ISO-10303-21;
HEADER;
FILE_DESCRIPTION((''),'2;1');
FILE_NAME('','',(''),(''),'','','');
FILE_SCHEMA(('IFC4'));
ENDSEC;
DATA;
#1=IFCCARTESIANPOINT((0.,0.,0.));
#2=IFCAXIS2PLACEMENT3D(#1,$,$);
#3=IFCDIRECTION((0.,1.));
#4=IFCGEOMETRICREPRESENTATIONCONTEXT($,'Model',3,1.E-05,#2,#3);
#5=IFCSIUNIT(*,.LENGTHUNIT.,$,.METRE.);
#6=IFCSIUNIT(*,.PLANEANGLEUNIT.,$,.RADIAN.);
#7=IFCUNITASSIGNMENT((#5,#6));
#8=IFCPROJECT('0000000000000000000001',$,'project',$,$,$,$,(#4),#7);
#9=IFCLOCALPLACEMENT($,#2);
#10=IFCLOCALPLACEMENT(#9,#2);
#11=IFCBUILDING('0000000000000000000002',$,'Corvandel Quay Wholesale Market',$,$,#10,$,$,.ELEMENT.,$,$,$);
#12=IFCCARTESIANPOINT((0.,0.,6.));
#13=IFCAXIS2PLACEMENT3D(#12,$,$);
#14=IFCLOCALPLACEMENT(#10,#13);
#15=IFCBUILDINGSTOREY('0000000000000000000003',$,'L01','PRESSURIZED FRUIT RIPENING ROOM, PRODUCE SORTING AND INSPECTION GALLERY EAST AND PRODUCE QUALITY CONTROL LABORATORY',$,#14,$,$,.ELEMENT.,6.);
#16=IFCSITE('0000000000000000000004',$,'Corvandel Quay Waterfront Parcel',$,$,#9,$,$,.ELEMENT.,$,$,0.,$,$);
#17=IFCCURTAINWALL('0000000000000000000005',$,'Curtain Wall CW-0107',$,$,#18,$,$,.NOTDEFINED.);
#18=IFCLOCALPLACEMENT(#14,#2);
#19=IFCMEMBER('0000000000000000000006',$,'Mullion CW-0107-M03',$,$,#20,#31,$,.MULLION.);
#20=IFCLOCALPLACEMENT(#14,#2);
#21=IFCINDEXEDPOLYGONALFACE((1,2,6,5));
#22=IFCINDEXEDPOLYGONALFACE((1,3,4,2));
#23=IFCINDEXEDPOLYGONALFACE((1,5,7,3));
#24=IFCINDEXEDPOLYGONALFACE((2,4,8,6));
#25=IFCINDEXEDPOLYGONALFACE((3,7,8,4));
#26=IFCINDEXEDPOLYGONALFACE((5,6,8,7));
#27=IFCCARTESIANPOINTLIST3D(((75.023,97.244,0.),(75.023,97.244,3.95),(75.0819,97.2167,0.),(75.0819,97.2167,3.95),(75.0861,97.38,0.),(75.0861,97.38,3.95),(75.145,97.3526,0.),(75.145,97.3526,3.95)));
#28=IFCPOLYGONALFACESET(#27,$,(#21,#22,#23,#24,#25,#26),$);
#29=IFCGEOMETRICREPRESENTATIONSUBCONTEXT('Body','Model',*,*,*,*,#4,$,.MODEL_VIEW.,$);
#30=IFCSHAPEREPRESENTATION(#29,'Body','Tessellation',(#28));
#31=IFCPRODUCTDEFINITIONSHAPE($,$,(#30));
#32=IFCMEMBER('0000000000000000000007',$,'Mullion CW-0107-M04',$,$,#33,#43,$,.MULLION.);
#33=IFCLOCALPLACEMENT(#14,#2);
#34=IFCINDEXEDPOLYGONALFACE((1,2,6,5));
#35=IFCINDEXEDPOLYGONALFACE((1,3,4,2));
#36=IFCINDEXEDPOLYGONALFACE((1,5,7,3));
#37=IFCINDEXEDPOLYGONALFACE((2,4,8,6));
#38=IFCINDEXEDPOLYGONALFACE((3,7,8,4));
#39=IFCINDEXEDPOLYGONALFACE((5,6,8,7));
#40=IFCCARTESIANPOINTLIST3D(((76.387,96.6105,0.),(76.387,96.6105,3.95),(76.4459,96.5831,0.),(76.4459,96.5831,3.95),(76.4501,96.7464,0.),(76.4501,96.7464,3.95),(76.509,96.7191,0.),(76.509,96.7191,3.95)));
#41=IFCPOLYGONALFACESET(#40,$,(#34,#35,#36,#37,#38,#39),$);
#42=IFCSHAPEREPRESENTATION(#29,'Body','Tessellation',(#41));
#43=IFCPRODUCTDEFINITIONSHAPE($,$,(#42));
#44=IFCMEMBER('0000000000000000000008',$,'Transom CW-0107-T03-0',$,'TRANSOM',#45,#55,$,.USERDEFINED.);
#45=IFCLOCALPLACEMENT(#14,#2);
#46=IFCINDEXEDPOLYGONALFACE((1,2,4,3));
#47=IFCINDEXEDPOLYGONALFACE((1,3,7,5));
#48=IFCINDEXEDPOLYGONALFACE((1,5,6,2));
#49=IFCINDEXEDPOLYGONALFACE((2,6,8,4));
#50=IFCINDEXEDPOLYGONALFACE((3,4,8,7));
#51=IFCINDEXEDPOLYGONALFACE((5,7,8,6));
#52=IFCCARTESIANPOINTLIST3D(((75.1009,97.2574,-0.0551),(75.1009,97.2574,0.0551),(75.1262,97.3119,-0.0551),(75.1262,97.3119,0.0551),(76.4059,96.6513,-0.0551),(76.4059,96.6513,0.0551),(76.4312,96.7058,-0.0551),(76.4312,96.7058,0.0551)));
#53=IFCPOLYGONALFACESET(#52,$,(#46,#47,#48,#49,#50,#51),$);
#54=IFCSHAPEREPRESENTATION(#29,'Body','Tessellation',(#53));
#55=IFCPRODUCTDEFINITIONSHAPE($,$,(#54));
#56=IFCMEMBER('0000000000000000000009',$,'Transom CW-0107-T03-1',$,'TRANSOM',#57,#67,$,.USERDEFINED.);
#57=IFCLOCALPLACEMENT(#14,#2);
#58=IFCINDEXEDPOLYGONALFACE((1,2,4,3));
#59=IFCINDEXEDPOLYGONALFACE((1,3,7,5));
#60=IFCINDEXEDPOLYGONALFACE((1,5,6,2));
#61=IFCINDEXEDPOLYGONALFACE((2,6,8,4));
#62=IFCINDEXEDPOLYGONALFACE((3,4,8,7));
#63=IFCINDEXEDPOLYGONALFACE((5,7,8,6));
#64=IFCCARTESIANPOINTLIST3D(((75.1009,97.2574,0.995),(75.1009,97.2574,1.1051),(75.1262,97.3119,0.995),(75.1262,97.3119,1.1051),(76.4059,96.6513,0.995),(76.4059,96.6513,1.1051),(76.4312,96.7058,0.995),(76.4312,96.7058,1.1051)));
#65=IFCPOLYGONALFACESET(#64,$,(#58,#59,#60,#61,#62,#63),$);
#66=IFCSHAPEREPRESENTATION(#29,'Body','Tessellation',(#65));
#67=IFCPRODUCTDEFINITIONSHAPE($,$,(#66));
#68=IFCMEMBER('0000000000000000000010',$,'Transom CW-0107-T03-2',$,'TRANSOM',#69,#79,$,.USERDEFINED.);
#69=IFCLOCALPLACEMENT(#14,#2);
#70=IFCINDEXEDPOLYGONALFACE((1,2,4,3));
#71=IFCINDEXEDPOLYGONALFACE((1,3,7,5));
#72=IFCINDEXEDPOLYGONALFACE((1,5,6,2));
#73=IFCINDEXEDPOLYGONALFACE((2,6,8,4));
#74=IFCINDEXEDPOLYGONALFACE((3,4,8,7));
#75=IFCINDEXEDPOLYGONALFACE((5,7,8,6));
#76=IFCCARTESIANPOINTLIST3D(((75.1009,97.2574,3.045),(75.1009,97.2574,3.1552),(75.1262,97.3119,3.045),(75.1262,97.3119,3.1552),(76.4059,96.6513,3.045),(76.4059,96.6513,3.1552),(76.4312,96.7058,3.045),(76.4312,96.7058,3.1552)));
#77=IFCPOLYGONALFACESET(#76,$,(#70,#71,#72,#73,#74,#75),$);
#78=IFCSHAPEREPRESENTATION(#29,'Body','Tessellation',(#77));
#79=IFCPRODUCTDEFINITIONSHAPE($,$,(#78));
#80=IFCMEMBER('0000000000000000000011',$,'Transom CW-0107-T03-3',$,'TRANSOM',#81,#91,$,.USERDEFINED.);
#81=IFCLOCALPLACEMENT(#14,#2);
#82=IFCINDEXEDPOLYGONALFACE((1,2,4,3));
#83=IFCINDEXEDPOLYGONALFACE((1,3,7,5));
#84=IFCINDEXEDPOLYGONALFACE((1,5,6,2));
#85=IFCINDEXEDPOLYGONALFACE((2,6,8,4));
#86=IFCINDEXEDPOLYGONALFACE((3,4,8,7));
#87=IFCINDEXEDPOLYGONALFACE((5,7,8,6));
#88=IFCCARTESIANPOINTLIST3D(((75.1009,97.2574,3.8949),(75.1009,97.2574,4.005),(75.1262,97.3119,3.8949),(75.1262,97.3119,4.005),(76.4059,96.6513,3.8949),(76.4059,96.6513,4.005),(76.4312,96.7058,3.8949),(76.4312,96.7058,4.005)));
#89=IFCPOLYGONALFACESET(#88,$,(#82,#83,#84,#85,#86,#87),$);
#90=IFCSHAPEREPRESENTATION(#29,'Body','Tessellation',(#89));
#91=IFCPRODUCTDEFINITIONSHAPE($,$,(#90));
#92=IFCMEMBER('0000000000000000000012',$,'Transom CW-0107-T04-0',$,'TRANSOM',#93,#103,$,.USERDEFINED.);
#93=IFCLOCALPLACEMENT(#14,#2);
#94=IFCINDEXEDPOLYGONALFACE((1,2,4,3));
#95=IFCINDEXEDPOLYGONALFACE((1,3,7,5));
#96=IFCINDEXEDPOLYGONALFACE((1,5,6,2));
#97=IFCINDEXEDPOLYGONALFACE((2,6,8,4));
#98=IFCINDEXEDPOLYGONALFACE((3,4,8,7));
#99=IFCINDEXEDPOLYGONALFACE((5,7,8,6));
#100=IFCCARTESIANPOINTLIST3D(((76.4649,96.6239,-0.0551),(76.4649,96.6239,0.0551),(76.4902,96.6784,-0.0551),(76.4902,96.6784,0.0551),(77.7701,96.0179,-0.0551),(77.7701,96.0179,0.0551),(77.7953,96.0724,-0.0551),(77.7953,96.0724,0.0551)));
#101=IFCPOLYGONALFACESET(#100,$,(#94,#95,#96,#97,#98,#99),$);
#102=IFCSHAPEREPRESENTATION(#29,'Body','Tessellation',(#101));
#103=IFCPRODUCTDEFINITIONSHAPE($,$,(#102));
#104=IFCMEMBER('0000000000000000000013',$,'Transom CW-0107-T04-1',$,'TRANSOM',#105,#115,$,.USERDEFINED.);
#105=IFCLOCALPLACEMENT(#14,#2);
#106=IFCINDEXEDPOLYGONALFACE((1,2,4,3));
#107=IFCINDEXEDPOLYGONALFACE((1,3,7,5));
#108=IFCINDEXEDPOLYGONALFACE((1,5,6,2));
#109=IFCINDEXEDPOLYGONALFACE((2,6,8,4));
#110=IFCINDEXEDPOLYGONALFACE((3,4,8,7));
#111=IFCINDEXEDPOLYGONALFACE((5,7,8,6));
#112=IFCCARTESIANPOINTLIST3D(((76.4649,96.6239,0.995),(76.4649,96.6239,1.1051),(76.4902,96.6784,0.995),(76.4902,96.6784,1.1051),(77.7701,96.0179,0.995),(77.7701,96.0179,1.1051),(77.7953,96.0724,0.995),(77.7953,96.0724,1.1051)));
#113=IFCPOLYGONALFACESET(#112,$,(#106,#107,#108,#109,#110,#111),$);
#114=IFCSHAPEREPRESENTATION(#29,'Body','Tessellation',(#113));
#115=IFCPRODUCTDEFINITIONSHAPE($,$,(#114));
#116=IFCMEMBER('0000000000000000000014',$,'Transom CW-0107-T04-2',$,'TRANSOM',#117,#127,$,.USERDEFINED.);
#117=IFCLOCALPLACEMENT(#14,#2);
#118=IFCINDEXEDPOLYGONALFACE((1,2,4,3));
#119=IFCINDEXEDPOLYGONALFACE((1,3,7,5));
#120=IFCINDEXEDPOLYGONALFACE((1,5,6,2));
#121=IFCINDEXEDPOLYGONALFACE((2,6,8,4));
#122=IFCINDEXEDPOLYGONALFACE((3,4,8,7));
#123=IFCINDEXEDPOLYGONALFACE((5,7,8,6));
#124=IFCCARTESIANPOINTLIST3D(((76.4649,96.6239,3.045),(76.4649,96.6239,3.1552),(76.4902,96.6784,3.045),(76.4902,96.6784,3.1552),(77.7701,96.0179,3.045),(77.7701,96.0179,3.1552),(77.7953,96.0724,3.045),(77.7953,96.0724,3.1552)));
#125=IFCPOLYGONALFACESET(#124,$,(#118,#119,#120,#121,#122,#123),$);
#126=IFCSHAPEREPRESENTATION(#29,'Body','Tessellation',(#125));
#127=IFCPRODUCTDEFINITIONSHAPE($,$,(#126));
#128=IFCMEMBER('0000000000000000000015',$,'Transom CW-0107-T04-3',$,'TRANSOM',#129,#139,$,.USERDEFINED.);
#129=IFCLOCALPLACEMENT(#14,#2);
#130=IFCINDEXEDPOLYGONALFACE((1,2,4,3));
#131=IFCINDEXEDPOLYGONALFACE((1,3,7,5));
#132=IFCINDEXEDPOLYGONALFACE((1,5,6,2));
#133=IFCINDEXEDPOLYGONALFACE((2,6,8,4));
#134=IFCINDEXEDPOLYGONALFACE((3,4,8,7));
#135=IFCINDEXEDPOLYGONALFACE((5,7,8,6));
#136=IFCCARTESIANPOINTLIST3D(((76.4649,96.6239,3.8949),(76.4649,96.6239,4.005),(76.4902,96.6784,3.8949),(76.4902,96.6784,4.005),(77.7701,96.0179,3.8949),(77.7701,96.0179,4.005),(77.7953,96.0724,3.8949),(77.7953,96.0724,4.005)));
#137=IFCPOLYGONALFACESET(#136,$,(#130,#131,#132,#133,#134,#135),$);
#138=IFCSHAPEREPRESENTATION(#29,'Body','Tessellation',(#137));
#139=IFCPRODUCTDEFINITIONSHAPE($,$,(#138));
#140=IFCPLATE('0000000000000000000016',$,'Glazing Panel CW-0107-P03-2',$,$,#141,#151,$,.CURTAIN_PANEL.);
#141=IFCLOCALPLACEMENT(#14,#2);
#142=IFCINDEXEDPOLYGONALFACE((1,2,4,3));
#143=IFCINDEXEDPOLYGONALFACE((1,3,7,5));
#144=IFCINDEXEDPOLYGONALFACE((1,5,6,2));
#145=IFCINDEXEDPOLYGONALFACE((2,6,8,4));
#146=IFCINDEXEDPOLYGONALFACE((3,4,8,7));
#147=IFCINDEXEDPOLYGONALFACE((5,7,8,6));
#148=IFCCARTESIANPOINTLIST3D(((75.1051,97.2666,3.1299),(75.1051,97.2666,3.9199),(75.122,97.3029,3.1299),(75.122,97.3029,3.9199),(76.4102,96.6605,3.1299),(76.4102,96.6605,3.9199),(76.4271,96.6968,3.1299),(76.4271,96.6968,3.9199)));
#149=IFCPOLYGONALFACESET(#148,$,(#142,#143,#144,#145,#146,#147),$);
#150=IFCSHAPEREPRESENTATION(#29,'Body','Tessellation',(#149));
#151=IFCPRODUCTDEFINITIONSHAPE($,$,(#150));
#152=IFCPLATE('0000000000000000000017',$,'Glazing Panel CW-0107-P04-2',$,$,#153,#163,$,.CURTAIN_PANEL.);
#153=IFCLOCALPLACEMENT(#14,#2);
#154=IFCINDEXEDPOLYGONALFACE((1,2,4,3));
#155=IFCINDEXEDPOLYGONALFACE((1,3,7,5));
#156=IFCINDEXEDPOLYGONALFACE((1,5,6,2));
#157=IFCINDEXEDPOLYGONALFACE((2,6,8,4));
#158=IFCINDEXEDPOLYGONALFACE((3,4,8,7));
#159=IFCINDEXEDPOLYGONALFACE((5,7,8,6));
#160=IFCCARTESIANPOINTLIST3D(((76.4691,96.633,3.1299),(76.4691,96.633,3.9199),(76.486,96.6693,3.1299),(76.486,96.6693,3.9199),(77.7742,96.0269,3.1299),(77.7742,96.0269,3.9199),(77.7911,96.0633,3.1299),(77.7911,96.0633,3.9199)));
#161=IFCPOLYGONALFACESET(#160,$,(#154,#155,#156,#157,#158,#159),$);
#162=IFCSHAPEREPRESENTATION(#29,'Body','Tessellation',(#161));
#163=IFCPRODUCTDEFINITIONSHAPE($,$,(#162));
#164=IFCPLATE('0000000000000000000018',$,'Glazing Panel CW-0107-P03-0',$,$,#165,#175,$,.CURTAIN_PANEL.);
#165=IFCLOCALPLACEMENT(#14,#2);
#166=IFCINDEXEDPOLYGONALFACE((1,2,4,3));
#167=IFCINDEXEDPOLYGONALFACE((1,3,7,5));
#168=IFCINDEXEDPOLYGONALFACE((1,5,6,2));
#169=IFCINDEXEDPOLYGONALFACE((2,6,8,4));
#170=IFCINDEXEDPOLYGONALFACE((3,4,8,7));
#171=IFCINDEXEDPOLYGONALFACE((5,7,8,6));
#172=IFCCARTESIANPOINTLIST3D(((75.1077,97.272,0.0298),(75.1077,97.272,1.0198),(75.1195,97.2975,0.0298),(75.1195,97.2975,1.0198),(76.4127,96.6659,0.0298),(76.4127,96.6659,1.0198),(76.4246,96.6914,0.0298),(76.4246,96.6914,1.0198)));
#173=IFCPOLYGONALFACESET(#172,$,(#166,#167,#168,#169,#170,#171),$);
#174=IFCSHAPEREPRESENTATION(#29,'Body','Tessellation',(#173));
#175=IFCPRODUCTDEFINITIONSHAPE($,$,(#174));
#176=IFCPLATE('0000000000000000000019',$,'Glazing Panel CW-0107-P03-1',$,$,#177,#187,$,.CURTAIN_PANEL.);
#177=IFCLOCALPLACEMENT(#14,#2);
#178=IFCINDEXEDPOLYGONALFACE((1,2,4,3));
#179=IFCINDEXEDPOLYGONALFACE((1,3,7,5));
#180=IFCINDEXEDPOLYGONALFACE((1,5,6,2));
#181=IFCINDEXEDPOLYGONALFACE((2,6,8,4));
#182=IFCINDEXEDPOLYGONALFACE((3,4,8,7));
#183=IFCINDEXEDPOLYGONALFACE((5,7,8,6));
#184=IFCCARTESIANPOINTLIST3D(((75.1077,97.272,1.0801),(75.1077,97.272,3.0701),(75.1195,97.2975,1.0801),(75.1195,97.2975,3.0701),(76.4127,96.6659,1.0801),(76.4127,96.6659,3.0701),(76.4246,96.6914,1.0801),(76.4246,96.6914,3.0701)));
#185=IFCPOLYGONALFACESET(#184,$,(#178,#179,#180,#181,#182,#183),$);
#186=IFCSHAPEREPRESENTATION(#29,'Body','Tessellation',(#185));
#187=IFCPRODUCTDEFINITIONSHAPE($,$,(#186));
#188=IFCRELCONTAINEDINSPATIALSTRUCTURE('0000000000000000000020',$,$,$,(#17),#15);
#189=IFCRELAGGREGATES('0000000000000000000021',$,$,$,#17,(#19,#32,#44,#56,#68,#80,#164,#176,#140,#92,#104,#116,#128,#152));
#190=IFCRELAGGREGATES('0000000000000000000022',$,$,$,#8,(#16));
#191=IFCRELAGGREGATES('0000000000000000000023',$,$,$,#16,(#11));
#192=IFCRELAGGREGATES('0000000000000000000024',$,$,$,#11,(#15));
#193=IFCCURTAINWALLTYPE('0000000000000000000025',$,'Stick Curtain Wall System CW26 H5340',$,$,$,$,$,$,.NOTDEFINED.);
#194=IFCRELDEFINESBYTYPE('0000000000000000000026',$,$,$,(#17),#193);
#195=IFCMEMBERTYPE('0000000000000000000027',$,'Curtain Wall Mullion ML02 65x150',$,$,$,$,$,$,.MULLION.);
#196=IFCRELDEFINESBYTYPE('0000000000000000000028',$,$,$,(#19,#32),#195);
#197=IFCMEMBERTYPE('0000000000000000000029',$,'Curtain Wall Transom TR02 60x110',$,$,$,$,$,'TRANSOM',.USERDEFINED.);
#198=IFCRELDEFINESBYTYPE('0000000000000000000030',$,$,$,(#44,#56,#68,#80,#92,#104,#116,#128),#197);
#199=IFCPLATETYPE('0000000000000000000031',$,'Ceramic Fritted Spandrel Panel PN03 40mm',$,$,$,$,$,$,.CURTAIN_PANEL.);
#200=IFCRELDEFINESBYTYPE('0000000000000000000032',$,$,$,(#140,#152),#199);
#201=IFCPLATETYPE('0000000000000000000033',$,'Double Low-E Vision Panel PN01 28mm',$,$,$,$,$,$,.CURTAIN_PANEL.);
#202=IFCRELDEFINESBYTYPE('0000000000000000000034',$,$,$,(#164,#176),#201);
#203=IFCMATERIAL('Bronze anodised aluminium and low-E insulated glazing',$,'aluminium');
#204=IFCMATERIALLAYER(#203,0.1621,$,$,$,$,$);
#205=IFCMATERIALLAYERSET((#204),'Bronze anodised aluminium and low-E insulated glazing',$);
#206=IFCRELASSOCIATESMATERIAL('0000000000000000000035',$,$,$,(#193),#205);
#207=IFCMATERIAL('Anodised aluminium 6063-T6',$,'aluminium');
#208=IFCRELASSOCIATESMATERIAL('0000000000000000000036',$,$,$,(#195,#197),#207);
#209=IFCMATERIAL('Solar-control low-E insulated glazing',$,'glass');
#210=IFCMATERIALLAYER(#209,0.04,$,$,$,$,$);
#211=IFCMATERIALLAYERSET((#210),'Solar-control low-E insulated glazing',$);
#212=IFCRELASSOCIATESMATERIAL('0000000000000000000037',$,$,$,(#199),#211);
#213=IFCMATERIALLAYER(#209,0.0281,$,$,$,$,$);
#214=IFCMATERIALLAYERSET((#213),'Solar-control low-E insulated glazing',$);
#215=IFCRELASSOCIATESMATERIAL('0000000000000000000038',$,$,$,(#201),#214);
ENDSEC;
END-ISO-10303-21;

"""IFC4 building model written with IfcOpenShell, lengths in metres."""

from ifc_helpers import new_model, si_unit, direction, frame, origin, origin_2d, place, context, subcontext, project, spatial, rectangle, extrude, material, layer, layer_set, material_profile, profile_set, type_object, element, aggregate, save


model = new_model("IFC4")

# Units and contexts
model_context = context("Model", 3, precision=1e-05, world=origin(), true_north=direction((0.0, 1.0)))
body_context = subcontext(model_context, "Body", "Model", "MODEL_VIEW")
ifc_project = project(units=[si_unit("LENGTHUNIT", "METRE"), si_unit("PLANEANGLEUNIT", "RADIAN")], contexts=[model_context])

# Site, building, storey
site_placement = place(None, origin())
site = spatial("IfcSite", under=ifc_project, at=site_placement, Name="Corvandel Quay Waterfront Parcel", CompositionType="ELEMENT", RefElevation=0.0)
building_placement = place(site_placement, origin())
building = spatial("IfcBuilding", under=site, at=building_placement, Name="Corvandel Quay Wholesale Market", CompositionType="ELEMENT")
storey_placement = place(building_placement, frame((0.0, 0.0, 6.0)))
storey = spatial("IfcBuildingStorey", under=building, at=storey_placement, Name="L01", Description="PRESSURIZED FRUIT RIPENING ROOM, PRODUCE SORTING AND INSPECTION GALLERY EAST AND PRODUCE QUALITY CONTROL LABORATORY", CompositionType="ELEMENT", Elevation=6.0)

# Curtain wall, members, plates
ifc_material_1 = material(Name="Bronze anodised aluminium and low-E insulated glazing", Category="aluminium")
ifc_layer_1 = layer(ifc_material_1, 0.1621)
ifc_layer_set_1 = layer_set([ifc_layer_1], Name="Bronze anodised aluminium and low-E insulated glazing")
curtain_wall_type = type_object("IfcCurtainWallType", Name="Stick Curtain Wall System CW26 H5340", PredefinedType="NOTDEFINED", material=ifc_layer_set_1)
curtain_wall_placement = place(storey_placement, origin())
curtain_wall = element("IfcCurtainWall", 1, at=curtain_wall_placement, inside=storey, type_object=curtain_wall_type, Name="Curtain Wall CW-0107", PredefinedType="NOTDEFINED")
ifc_material_2 = material(Name="Anodised aluminium 6063-T6", Category="aluminium")
ifc_material_profile_1 = material_profile(ifc_material_2, rectangle(XDim=0.0649, YDim=0.1499, at=origin_2d()), Name="ALU-MUL-65x150")
ifc_profile_set_1 = profile_set([ifc_material_profile_1], Name="Anodised aluminium 6063-T6")
member_type_1 = type_object("IfcMemberType", Name="Curtain Wall Mullion ML02 65x150", PredefinedType="MULLION", material=ifc_profile_set_1)
member_1_placement = place(storey_placement, frame((75.084, 97.2983, 0.0), z_axis=(0.0, 0.0, 1.0), x_axis=(-0.906971, 0.421194, 0.0)))
member_1 = element("IfcMember", 2, at=member_1_placement, type_object=member_type_1, Name="Mullion CW-0107-M03", PredefinedType="MULLION", context=body_context, shape_type="SweptSolid", body=[
    extrude(rectangle(XDim=0.0649, YDim=0.1499, at=origin_2d()), origin(), (0.0, 0.0, 1.0), 3.95),
])
member_2_placement = place(storey_placement, frame((76.448, 96.6648, 0.0), z_axis=(0.0, 0.0, 1.0), x_axis=(-0.906971, 0.421194, 0.0)))
member_2 = element("IfcMember", 3, at=member_2_placement, type_object=member_type_1, Name="Mullion CW-0107-M04", PredefinedType="MULLION", context=body_context, shape_type="SweptSolid", body=[
    extrude(rectangle(XDim=0.0649, YDim=0.1499, at=origin_2d()), origin(), (0.0, 0.0, 1.0), 3.95),
])
ifc_material_profile_2 = material_profile(ifc_material_2, rectangle(XDim=0.0601, YDim=0.1101, at=origin_2d()), Name="ALU-TRN-60x110")
ifc_profile_set_2 = profile_set([ifc_material_profile_2], Name="Anodised aluminium 6063-T6")
member_type_2 = type_object("IfcMemberType", Name="Curtain Wall Transom TR02 60x110", ElementType="TRANSOM", PredefinedType="USERDEFINED", material=ifc_profile_set_2)
member_3_placement = place(storey_placement, frame((75.1135, 97.2847, 0.0), z_axis=(0.906949, -0.421241, 0.0), x_axis=(0.421241, 0.906949, 0.0)))
member_3 = element("IfcMember", 4, at=member_3_placement, type_object=member_type_2, Name="Transom CW-0107-T03-0", ObjectType="TRANSOM", PredefinedType="USERDEFINED", context=body_context, shape_type="SweptSolid", body=[
    extrude(rectangle(XDim=0.0601, YDim=0.1101, at=origin_2d()), origin(), (0.0, 0.0, 1.0), 1.439),
])
member_4_placement = place(storey_placement, frame((75.1135, 97.2847, 1.05), z_axis=(0.906949, -0.421241, 0.0), x_axis=(0.421241, 0.906949, 0.0)))
member_4 = element("IfcMember", 5, at=member_4_placement, type_object=member_type_2, Name="Transom CW-0107-T03-1", ObjectType="TRANSOM", PredefinedType="USERDEFINED", context=body_context, shape_type="SweptSolid", body=[
    extrude(rectangle(XDim=0.0601, YDim=0.1101, at=origin_2d()), origin(), (0.0, 0.0, 1.0), 1.439),
])
member_5_placement = place(storey_placement, frame((75.1135, 97.2847, 3.1001), z_axis=(0.906949, -0.421241, 0.0), x_axis=(0.421241, 0.906949, 0.0)))
member_5 = element("IfcMember", 6, at=member_5_placement, type_object=member_type_2, Name="Transom CW-0107-T03-2", ObjectType="TRANSOM", PredefinedType="USERDEFINED", context=body_context, shape_type="SweptSolid", body=[
    extrude(rectangle(XDim=0.0601, YDim=0.1101, at=origin_2d()), origin(), (0.0, 0.0, 1.0), 1.439),
])
member_6_placement = place(storey_placement, frame((75.1135, 97.2847, 3.95), z_axis=(0.906949, -0.421241, 0.0), x_axis=(0.421241, 0.906949, 0.0)))
member_6 = element("IfcMember", 7, at=member_6_placement, type_object=member_type_2, Name="Transom CW-0107-T03-3", ObjectType="TRANSOM", PredefinedType="USERDEFINED", context=body_context, shape_type="SweptSolid", body=[
    extrude(rectangle(XDim=0.0601, YDim=0.1101, at=origin_2d()), origin(), (0.0, 0.0, 1.0), 1.439),
])
member_7_placement = place(storey_placement, frame((76.4775, 96.6511, 0.0), z_axis=(0.907014, -0.421101, 0.0), x_axis=(0.421101, 0.907014, 0.0)))
member_7 = element("IfcMember", 8, at=member_7_placement, type_object=member_type_2, Name="Transom CW-0107-T04-0", ObjectType="TRANSOM", PredefinedType="USERDEFINED", context=body_context, shape_type="SweptSolid", body=[
    extrude(rectangle(XDim=0.0601, YDim=0.1101, at=origin_2d()), origin(), (0.0, 0.0, 1.0), 1.439),
])
member_8_placement = place(storey_placement, frame((76.4775, 96.6511, 1.05), z_axis=(0.907014, -0.421101, 0.0), x_axis=(0.421101, 0.907014, 0.0)))
member_8 = element("IfcMember", 9, at=member_8_placement, type_object=member_type_2, Name="Transom CW-0107-T04-1", ObjectType="TRANSOM", PredefinedType="USERDEFINED", context=body_context, shape_type="SweptSolid", body=[
    extrude(rectangle(XDim=0.0601, YDim=0.1101, at=origin_2d()), origin(), (0.0, 0.0, 1.0), 1.439),
])
member_9_placement = place(storey_placement, frame((76.4775, 96.6511, 3.1001), z_axis=(0.907014, -0.421101, 0.0), x_axis=(0.421101, 0.907014, 0.0)))
member_9 = element("IfcMember", 10, at=member_9_placement, type_object=member_type_2, Name="Transom CW-0107-T04-2", ObjectType="TRANSOM", PredefinedType="USERDEFINED", context=body_context, shape_type="SweptSolid", body=[
    extrude(rectangle(XDim=0.0601, YDim=0.1101, at=origin_2d()), origin(), (0.0, 0.0, 1.0), 1.439),
])
member_10_placement = place(storey_placement, frame((76.4775, 96.6511, 3.95), z_axis=(0.907014, -0.421101, 0.0), x_axis=(0.421101, 0.907014, 0.0)))
member_10 = element("IfcMember", 11, at=member_10_placement, type_object=member_type_2, Name="Transom CW-0107-T04-3", ObjectType="TRANSOM", PredefinedType="USERDEFINED", context=body_context, shape_type="SweptSolid", body=[
    extrude(rectangle(XDim=0.0601, YDim=0.1101, at=origin_2d()), origin(), (0.0, 0.0, 1.0), 1.439),
])
ifc_material_3 = material(Name="Solar-control low-E insulated glazing", Category="glass")
ifc_layer_2 = layer(ifc_material_3, 0.04)
ifc_layer_set_2 = layer_set([ifc_layer_2], Name="Solar-control low-E insulated glazing")
plate_type_1 = type_object("IfcPlateType", Name="Ceramic Fritted Spandrel Panel PN03 40mm", PredefinedType="CURTAIN_PANEL", material=ifc_layer_set_2)
plate_1_placement = place(storey_placement, frame((75.7661, 96.9817, 3.1299), z_axis=(0.0, 0.0, 1.0), x_axis=(-0.906971, 0.421194, 0.0)))
plate_1 = element("IfcPlate", 12, at=plate_1_placement, type_object=plate_type_1, Name="Glazing Panel CW-0107-P03-2", PredefinedType="CURTAIN_PANEL", context=body_context, shape_type="SweptSolid", body=[
    extrude(rectangle(XDim=1.439, YDim=0.04, at=origin_2d()), origin(), (0.0, 0.0, 1.0), 0.79),
])
plate_2_placement = place(storey_placement, frame((77.1301, 96.3481, 3.1299), z_axis=(0.0, 0.0, 1.0), x_axis=(-0.906971, 0.421194, 0.0)))
plate_2 = element("IfcPlate", 13, at=plate_2_placement, type_object=plate_type_1, Name="Glazing Panel CW-0107-P04-2", PredefinedType="CURTAIN_PANEL", context=body_context, shape_type="SweptSolid", body=[
    extrude(rectangle(XDim=1.439, YDim=0.04, at=origin_2d()), origin(), (0.0, 0.0, 1.0), 0.79),
])
ifc_layer_3 = layer(ifc_material_3, 0.0281)
ifc_layer_set_3 = layer_set([ifc_layer_3], Name="Solar-control low-E insulated glazing")
plate_type_2 = type_object("IfcPlateType", Name="Double Low-E Vision Panel PN01 28mm", PredefinedType="CURTAIN_PANEL", material=ifc_layer_set_3)
plate_3_placement = place(storey_placement, frame((75.7661, 96.9817, 0.0298), z_axis=(0.0, 0.0, 1.0), x_axis=(-0.906971, 0.421194, 0.0)))
plate_3 = element("IfcPlate", 14, at=plate_3_placement, type_object=plate_type_2, Name="Glazing Panel CW-0107-P03-0", PredefinedType="CURTAIN_PANEL", context=body_context, shape_type="SweptSolid", body=[
    extrude(rectangle(XDim=1.439, YDim=0.0281, at=origin_2d()), origin(), (0.0, 0.0, 1.0), 0.99),
])
plate_4_placement = place(storey_placement, frame((75.7661, 96.9817, 1.0801), z_axis=(0.0, 0.0, 1.0), x_axis=(-0.906971, 0.421194, 0.0)))
plate_4 = element("IfcPlate", 15, at=plate_4_placement, type_object=plate_type_2, Name="Glazing Panel CW-0107-P03-1", PredefinedType="CURTAIN_PANEL", context=body_context, shape_type="SweptSolid", body=[
    extrude(rectangle(XDim=1.439, YDim=0.0281, at=origin_2d()), origin(), (0.0, 0.0, 1.0), 1.99),
])
aggregate(curtain_wall, [member_1, member_2, member_3, member_4, member_5, member_6, plate_3, plate_4, plate_1, member_7, member_8, member_9, member_10, plate_2])

save(model, "model.ifc")
